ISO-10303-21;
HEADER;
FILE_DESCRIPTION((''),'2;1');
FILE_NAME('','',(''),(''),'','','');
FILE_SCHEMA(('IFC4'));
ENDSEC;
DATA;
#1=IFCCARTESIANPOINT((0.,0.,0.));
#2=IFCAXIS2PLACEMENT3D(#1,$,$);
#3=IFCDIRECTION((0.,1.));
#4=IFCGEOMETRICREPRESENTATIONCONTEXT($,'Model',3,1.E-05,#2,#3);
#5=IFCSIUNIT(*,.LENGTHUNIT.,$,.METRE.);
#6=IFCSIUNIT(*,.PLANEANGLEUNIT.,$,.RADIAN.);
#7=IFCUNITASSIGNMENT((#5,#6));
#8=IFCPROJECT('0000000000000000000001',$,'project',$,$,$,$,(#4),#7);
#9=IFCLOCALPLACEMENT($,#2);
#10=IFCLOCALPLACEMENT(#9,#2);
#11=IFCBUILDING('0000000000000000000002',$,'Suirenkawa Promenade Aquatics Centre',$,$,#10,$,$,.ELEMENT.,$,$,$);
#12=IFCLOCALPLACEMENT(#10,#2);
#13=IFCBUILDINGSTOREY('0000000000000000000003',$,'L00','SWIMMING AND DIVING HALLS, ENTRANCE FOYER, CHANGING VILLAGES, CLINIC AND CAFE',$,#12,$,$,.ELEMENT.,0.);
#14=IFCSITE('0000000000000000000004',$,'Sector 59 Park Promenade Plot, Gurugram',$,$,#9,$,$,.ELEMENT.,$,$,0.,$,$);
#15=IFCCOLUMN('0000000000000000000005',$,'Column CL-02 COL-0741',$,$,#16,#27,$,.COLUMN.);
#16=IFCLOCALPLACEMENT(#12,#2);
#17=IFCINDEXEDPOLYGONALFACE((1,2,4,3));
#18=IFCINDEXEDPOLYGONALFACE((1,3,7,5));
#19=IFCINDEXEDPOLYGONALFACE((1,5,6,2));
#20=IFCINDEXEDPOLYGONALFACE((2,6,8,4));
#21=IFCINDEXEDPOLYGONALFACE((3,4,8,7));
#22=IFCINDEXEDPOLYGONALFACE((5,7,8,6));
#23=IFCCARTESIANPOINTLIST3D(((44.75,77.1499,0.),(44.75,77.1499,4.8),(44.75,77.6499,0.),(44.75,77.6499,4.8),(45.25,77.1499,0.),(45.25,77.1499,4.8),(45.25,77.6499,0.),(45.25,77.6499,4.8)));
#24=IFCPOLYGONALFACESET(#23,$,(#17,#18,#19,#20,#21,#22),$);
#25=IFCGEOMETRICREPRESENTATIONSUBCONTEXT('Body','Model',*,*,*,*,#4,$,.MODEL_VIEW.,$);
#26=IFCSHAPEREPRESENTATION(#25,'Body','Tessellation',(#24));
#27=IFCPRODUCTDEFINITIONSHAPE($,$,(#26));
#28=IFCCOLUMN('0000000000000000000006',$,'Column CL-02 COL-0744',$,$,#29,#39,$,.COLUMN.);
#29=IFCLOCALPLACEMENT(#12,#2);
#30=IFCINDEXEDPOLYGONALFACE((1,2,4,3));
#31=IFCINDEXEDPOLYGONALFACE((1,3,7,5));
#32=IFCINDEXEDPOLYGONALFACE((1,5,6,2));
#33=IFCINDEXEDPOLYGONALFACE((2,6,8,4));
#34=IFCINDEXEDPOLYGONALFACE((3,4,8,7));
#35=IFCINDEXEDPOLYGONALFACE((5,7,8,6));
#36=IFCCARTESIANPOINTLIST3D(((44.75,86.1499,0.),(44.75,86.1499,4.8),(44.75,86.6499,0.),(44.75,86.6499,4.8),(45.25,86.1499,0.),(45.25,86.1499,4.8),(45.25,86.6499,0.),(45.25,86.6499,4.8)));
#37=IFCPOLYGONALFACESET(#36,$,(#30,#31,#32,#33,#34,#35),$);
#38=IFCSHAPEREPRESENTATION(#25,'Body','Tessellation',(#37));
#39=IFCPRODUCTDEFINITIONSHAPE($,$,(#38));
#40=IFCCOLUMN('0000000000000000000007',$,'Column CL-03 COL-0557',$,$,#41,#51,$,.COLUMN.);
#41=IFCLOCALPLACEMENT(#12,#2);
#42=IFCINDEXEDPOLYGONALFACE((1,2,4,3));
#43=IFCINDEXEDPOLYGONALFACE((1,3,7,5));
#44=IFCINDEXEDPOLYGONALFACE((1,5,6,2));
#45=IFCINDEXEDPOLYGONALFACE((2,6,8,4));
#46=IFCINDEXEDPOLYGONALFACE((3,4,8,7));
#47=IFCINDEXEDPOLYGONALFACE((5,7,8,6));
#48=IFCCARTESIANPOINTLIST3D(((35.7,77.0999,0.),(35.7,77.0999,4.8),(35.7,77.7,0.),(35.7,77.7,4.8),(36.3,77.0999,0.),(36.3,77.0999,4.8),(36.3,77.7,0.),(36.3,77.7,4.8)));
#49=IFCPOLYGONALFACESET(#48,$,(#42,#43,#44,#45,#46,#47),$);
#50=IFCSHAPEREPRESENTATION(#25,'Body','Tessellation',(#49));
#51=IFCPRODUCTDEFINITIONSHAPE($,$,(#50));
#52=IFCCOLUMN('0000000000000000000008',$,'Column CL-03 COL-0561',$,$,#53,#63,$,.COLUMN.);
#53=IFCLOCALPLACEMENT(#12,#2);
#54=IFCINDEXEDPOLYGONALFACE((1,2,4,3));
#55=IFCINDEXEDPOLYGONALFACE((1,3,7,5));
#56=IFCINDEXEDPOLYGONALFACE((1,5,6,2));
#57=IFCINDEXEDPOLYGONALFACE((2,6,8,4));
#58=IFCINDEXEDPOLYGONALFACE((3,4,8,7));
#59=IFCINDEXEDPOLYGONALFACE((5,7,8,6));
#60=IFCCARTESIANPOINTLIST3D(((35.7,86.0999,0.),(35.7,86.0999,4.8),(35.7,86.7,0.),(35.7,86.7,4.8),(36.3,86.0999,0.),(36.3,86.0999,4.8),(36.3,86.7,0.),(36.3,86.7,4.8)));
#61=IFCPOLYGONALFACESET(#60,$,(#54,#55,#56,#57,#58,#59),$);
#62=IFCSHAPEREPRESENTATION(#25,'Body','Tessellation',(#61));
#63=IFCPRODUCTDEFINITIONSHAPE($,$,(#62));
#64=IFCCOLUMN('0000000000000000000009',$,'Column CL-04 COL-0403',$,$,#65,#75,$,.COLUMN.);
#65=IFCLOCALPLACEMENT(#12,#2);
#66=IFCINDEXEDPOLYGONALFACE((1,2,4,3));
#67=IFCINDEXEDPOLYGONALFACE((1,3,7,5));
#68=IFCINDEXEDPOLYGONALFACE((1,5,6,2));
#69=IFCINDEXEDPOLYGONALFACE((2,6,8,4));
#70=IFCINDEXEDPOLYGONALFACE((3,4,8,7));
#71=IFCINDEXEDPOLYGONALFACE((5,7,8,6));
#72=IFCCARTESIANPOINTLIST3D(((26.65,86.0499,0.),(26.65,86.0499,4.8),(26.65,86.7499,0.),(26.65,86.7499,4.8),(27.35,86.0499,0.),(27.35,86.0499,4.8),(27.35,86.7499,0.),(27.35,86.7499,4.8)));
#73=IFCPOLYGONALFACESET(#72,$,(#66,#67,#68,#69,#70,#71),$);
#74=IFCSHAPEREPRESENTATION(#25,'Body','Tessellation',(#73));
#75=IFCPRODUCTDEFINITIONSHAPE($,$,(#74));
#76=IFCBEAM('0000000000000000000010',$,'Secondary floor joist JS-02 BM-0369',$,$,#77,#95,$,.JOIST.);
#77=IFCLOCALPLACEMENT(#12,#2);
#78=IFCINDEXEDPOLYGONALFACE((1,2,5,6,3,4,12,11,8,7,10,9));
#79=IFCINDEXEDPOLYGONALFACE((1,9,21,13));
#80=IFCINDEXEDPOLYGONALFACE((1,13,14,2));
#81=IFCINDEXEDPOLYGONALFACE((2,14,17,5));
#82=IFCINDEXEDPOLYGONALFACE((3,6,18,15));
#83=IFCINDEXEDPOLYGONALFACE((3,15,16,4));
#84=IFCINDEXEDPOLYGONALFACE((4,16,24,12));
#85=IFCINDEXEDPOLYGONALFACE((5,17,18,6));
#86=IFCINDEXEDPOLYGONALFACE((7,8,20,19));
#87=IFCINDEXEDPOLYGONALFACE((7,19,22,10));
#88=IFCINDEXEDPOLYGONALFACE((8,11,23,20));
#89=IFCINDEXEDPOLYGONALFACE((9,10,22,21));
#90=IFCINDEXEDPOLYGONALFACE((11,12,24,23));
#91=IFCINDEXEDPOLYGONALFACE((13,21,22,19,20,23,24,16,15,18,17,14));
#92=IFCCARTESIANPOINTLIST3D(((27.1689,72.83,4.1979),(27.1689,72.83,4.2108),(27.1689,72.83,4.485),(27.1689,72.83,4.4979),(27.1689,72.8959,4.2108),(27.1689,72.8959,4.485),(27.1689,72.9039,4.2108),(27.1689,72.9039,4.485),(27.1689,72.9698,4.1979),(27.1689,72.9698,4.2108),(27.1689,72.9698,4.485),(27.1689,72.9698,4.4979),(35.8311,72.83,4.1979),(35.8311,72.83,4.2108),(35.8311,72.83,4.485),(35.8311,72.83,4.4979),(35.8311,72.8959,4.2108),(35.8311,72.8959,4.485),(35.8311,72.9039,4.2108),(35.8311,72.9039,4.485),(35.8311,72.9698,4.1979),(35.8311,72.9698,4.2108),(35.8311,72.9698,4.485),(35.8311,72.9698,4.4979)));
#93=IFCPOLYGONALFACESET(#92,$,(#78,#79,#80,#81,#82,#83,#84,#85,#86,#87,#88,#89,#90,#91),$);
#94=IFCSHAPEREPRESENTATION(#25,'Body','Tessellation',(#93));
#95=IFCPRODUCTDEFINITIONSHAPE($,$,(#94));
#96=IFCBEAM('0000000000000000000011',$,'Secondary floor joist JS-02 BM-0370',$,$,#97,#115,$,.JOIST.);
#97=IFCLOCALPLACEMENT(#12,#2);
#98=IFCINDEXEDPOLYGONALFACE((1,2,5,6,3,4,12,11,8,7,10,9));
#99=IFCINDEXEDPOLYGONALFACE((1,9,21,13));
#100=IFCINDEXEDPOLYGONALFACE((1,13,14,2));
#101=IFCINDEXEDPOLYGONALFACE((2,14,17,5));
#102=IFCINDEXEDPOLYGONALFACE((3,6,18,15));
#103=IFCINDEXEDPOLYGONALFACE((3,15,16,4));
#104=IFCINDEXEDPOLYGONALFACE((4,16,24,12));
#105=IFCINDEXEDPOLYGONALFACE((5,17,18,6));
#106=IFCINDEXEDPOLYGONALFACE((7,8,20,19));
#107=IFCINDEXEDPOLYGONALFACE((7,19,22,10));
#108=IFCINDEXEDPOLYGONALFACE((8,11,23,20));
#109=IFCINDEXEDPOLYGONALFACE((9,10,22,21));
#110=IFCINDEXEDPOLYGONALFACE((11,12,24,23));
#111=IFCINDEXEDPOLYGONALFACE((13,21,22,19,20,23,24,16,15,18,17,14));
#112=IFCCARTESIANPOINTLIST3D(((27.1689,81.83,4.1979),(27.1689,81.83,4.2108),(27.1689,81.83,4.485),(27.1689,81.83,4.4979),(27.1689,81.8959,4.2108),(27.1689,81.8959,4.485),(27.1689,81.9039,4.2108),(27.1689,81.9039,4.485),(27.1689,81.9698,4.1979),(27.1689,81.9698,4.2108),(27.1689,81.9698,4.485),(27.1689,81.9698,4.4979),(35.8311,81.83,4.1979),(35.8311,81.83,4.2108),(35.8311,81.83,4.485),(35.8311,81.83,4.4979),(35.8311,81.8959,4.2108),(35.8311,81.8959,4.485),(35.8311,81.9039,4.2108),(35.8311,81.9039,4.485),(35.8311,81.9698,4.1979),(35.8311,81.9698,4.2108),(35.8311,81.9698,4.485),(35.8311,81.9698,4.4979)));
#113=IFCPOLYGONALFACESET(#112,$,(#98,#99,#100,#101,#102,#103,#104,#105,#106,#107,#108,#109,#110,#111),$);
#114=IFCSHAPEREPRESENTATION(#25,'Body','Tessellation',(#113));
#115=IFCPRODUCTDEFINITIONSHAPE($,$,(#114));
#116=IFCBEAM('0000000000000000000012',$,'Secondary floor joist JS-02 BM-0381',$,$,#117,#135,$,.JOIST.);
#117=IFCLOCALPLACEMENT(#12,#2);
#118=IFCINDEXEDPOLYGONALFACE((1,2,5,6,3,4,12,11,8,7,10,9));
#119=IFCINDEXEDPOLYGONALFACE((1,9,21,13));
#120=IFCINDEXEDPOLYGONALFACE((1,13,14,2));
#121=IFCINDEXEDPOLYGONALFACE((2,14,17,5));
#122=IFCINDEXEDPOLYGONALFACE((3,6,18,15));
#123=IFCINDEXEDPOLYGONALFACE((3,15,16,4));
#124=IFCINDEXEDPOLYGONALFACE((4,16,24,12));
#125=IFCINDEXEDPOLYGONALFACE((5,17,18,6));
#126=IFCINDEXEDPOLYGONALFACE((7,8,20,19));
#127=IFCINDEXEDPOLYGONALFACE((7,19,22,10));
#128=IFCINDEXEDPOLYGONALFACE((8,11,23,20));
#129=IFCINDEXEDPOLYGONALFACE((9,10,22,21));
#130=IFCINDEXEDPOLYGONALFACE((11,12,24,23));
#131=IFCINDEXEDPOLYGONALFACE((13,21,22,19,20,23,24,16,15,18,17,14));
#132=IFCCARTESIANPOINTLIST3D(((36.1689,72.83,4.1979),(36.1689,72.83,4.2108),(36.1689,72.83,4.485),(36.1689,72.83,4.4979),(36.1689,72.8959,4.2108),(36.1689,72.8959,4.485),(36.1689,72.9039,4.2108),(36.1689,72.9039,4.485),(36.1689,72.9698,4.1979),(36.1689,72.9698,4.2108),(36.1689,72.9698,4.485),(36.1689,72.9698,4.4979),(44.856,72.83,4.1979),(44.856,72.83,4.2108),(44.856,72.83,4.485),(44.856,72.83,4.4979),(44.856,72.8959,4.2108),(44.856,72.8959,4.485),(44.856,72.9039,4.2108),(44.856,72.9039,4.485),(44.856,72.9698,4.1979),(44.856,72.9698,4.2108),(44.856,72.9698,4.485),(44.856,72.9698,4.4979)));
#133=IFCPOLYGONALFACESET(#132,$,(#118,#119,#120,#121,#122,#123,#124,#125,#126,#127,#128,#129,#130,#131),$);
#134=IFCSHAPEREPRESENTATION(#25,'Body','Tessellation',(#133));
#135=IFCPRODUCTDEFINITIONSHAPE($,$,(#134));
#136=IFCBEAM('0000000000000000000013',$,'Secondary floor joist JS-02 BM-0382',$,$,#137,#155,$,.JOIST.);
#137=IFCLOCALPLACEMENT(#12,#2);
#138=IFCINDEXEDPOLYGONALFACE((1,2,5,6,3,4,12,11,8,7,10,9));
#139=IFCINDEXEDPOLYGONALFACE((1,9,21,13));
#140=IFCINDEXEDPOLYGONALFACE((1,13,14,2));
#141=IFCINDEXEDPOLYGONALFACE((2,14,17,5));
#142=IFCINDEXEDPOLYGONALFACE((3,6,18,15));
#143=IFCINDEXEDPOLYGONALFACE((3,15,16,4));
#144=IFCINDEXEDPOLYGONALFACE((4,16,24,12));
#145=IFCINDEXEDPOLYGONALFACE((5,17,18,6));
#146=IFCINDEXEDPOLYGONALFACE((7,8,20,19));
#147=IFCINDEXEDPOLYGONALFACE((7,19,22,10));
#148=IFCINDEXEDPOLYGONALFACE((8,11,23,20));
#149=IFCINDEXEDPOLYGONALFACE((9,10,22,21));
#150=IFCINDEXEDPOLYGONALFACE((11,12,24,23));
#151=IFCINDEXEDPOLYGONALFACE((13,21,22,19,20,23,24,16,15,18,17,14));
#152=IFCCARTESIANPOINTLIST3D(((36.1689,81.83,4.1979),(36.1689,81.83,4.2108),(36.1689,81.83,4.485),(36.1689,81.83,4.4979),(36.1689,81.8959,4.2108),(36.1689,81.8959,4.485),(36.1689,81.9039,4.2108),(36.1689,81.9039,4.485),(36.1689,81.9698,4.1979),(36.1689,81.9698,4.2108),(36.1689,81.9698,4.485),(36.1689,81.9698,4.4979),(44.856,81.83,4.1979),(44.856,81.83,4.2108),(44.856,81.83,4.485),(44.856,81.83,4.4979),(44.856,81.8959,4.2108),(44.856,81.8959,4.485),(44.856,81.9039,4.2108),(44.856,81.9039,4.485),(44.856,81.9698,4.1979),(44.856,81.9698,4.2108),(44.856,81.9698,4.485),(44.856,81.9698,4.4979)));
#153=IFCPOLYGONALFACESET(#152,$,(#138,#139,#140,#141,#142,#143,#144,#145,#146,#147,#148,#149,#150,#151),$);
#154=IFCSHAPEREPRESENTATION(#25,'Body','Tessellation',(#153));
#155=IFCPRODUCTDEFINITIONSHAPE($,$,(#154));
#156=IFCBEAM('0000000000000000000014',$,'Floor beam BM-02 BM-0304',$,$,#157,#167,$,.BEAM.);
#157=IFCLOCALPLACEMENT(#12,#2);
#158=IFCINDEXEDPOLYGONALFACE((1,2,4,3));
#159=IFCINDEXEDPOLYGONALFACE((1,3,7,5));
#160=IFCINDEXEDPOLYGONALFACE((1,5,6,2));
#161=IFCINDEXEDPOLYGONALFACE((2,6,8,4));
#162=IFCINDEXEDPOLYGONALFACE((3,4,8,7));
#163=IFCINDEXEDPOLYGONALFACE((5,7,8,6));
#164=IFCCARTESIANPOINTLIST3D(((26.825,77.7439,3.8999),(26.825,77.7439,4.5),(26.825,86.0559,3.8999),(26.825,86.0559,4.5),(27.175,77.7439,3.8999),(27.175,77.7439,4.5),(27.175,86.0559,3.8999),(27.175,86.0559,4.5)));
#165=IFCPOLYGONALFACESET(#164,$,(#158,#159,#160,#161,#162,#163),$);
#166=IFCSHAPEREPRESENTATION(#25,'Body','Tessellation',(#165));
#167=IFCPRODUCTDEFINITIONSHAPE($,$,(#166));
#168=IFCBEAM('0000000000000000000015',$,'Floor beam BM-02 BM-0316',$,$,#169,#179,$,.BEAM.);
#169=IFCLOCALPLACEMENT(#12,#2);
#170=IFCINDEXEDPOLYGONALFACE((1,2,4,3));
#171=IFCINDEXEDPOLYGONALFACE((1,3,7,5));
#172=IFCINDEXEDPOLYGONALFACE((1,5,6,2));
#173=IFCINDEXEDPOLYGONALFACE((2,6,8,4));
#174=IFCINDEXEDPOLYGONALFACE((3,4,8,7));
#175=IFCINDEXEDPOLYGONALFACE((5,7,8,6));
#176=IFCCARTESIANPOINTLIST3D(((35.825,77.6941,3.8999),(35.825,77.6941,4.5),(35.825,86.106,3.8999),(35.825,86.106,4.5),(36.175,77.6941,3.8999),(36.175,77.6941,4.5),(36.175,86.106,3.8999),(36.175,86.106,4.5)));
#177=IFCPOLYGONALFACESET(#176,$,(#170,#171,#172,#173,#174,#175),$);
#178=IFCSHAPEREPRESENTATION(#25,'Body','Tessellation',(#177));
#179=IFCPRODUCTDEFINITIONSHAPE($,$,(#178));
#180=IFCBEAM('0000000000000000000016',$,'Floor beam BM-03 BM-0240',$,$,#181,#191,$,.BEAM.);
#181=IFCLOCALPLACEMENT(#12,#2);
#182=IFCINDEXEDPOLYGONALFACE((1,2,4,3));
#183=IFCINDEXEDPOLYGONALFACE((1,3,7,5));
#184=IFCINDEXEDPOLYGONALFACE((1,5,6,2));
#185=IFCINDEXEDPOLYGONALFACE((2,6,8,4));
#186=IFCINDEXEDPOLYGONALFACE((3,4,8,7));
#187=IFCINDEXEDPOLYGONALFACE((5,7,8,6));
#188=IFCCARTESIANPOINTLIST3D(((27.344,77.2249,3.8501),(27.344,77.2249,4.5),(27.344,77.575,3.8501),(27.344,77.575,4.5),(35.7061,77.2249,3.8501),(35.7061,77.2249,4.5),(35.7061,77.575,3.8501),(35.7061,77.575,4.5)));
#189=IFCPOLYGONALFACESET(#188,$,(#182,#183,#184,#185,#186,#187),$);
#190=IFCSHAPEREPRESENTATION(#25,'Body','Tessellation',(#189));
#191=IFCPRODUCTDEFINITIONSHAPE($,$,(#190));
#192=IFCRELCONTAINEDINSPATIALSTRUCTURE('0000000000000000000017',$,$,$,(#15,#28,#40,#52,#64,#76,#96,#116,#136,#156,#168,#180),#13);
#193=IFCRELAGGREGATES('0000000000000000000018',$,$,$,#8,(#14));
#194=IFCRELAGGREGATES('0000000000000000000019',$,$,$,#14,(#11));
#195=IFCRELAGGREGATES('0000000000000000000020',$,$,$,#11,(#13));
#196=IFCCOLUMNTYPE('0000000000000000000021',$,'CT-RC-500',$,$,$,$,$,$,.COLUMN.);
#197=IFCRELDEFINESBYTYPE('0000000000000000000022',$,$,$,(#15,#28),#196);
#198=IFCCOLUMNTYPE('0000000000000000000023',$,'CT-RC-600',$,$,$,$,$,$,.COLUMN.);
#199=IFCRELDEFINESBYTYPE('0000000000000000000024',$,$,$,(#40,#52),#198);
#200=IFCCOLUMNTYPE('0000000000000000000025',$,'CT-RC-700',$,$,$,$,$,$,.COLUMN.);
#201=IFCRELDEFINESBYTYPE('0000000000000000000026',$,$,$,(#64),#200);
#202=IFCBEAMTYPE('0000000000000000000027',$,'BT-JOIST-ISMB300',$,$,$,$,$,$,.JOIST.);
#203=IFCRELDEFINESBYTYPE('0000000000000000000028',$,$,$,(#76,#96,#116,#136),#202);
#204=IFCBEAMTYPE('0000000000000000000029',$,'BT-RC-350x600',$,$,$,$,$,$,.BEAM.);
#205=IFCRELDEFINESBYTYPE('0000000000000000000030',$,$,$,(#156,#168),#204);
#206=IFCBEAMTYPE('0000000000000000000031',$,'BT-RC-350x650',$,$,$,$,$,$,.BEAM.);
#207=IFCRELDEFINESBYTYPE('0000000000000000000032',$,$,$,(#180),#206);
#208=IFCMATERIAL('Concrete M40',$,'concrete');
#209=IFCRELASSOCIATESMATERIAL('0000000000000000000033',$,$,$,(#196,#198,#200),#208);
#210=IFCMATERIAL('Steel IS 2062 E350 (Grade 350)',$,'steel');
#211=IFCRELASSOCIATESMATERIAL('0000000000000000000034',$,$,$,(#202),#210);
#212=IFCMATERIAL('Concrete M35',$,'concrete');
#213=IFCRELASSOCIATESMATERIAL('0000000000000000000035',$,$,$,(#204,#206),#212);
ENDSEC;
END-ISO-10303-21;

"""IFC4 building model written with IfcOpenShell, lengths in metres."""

from ifc_helpers import new_model, si_unit, direction, frame, origin, origin_2d, place, context, subcontext, project, spatial, rectangle, i_section, extrude, material, material_profile, profile_set, type_object, element, save


model = new_model("IFC4")

# Units and contexts
model_context = context("Model", 3, precision=1e-05, world=origin(), true_north=direction((0.0, 1.0)))
body_context = subcontext(model_context, "Body", "Model", "MODEL_VIEW")
ifc_project = project(units=[si_unit("LENGTHUNIT", "METRE"), si_unit("PLANEANGLEUNIT", "RADIAN")], contexts=[model_context])

# Site, building, storey
site_placement = place(None, origin())
site = spatial("IfcSite", under=ifc_project, at=site_placement, Name="Sector 59 Park Promenade Plot, Gurugram", CompositionType="ELEMENT", RefElevation=0.0)
building_placement = place(site_placement, origin())
building = spatial("IfcBuilding", under=site, at=building_placement, Name="Suirenkawa Promenade Aquatics Centre", CompositionType="ELEMENT")
storey_placement = place(building_placement, origin())
storey = spatial("IfcBuildingStorey", under=building, at=storey_placement, Name="L00", Description="SWIMMING AND DIVING HALLS, ENTRANCE FOYER, CHANGING VILLAGES, CLINIC AND CAFE", CompositionType="ELEMENT", Elevation=0.0)

# Columns
ifc_material_1 = material(Name="Concrete M40", Category="concrete")
ifc_material_profile_1 = material_profile(ifc_material_1, rectangle(XDim=0.5, YDim=0.5, at=origin_2d()), Name="RC COL 500x500", Category="concrete")
ifc_profile_set_1 = profile_set([ifc_material_profile_1], Name="Concrete M40")
column_type_1 = type_object("IfcColumnType", Name="CT-RC-500", PredefinedType="COLUMN", material=ifc_profile_set_1)
for number, where, z_axis, x_axis, name in (
    (1, (45.0, 77.3999, 0.0), (0.0, 0.0, 1.0), (1.0, 0.0, 0.0), "Column CL-02 COL-0741"),
    (2, (45.0, 86.3999, 0.0), (0.0, 0.0, 1.0), (1.0, 0.0, 0.0), "Column CL-02 COL-0744"),
):
    element("IfcColumn", number, at=place(storey_placement, frame(where, z_axis=z_axis, x_axis=x_axis)), inside=storey, type_object=column_type_1, Name=name, PredefinedType="COLUMN", context=body_context, shape_type="SweptSolid", body=[
        extrude(rectangle(XDim=0.5, YDim=0.5, at=origin_2d()), origin(), (0.0, 0.0, 1.0), 4.8),
    ])
ifc_material_profile_2 = material_profile(ifc_material_1, rectangle(XDim=0.6001, YDim=0.6001, at=origin_2d()), Name="RC COL 600x600", Category="concrete")
ifc_profile_set_2 = profile_set([ifc_material_profile_2], Name="Concrete M40")
column_type_2 = type_object("IfcColumnType", Name="CT-RC-600", PredefinedType="COLUMN", material=ifc_profile_set_2)
for number, where, z_axis, x_axis, name in (
    (3, (36.0, 77.3999, 0.0), (0.0, 0.0, 1.0), (1.0, 0.0, 0.0), "Column CL-03 COL-0557"),
    (4, (36.0, 86.3999, 0.0), (0.0, 0.0, 1.0), (1.0, 0.0, 0.0), "Column CL-03 COL-0561"),
):
    element("IfcColumn", number, at=place(storey_placement, frame(where, z_axis=z_axis, x_axis=x_axis)), inside=storey, type_object=column_type_2, Name=name, PredefinedType="COLUMN", context=body_context, shape_type="SweptSolid", body=[
        extrude(rectangle(XDim=0.6001, YDim=0.6001, at=origin_2d()), origin(), (0.0, 0.0, 1.0), 4.8),
    ])
ifc_material_profile_3 = material_profile(ifc_material_1, rectangle(XDim=0.7, YDim=0.7, at=origin_2d()), Name="RC COL 700x700", Category="concrete")
ifc_profile_set_3 = profile_set([ifc_material_profile_3], Name="Concrete M40")
column_type_3 = type_object("IfcColumnType", Name="CT-RC-700", PredefinedType="COLUMN", material=ifc_profile_set_3)
column_placement = place(storey_placement, frame((27.0, 86.3999, 0.0), z_axis=(0.0, 0.0, 1.0), x_axis=(1.0, 0.0, 0.0)))
element("IfcColumn", 5, at=column_placement, inside=storey, type_object=column_type_3, Name="Column CL-04 COL-0403", PredefinedType="COLUMN", context=body_context, shape_type="SweptSolid", body=[
    extrude(rectangle(XDim=0.7, YDim=0.7, at=origin_2d()), origin(), (0.0, 0.0, 1.0), 4.8),
])

# Beams
ifc_material_2 = material(Name="Steel IS 2062 E350 (Grade 350)", Category="steel")
ifc_material_profile_4 = material_profile(ifc_material_2, i_section(OverallWidth=0.1399, OverallDepth=0.3, WebThickness=0.0081, FlangeThickness=0.0129, at=origin_2d()), Name="ISMB 300", Category="steel")
ifc_profile_set_4 = profile_set([ifc_material_profile_4], Name="Steel IS 2062 E350 (Grade 350)")
beam_type_1 = type_object("IfcBeamType", Name="BT-JOIST-ISMB300", PredefinedType="JOIST", material=ifc_profile_set_4)
for number, where, z_axis, x_axis, name in (
    (6, (27.1689, 72.8999, 4.3479), (1.0, 0.0, 0.0), (0.0, 1.0, 0.0), "Secondary floor joist JS-02 BM-0369"),
    (7, (27.1689, 81.8999, 4.3479), (1.0, 0.0, 0.0), (0.0, 1.0, 0.0), "Secondary floor joist JS-02 BM-0370"),
):
    element("IfcBeam", number, at=place(storey_placement, frame(where, z_axis=z_axis, x_axis=x_axis)), inside=storey, type_object=beam_type_1, Name=name, PredefinedType="JOIST", context=body_context, shape_type="SweptSolid", body=[
        extrude(i_section(OverallWidth=0.1399, OverallDepth=0.3, WebThickness=0.0081, FlangeThickness=0.0129, at=origin_2d()), origin(), (0.0, 0.0, 1.0), 8.6621),
    ])
for number, where, z_axis, x_axis, name in (
    (8, (36.1689, 72.8999, 4.3479), (1.0, 0.0, 0.0), (0.0, 1.0, 0.0), "Secondary floor joist JS-02 BM-0381"),
    (9, (36.1689, 81.8999, 4.3479), (1.0, 0.0, 0.0), (0.0, 1.0, 0.0), "Secondary floor joist JS-02 BM-0382"),
):
    element("IfcBeam", number, at=place(storey_placement, frame(where, z_axis=z_axis, x_axis=x_axis)), inside=storey, type_object=beam_type_1, Name=name, PredefinedType="JOIST", context=body_context, shape_type="SweptSolid", body=[
        extrude(i_section(OverallWidth=0.1399, OverallDepth=0.3, WebThickness=0.0081, FlangeThickness=0.0129, at=origin_2d()), origin(), (0.0, 0.0, 1.0), 8.687),
    ])
ifc_material_3 = material(Name="Concrete M35", Category="concrete")
ifc_material_profile_5 = material_profile(ifc_material_3, rectangle(XDim=0.3501, YDim=0.6001, at=origin_2d()), Name="RC BM 350x600", Category="concrete")
ifc_profile_set_5 = profile_set([ifc_material_profile_5], Name="Concrete M35")
beam_type_2 = type_object("IfcBeamType", Name="BT-RC-350x600", PredefinedType="BEAM", material=ifc_profile_set_5)
beam_1_placement = place(storey_placement, frame((27.0, 77.7439, 4.2), z_axis=(0.0, 1.0, 0.0), x_axis=(-1.0, 0.0, 0.0)))
element("IfcBeam", 10, at=beam_1_placement, inside=storey, type_object=beam_type_2, Name="Floor beam BM-02 BM-0304", PredefinedType="BEAM", context=body_context, shape_type="SweptSolid", body=[
    extrude(rectangle(XDim=0.3501, YDim=0.6001, at=origin_2d()), origin(), (0.0, 0.0, 1.0), 8.312),
])
beam_2_placement = place(storey_placement, frame((36.0, 77.6941, 4.2), z_axis=(0.0, 1.0, 0.0), x_axis=(-1.0, 0.0, 0.0)))
element("IfcBeam", 11, at=beam_2_placement, inside=storey, type_object=beam_type_2, Name="Floor beam BM-02 BM-0316", PredefinedType="BEAM", context=body_context, shape_type="SweptSolid", body=[
    extrude(rectangle(XDim=0.3501, YDim=0.6001, at=origin_2d()), origin(), (0.0, 0.0, 1.0), 8.4119),
])
ifc_material_profile_6 = material_profile(ifc_material_3, rectangle(XDim=0.3501, YDim=0.6499, at=origin_2d()), Name="RC BM 350x650", Category="concrete")
ifc_profile_set_6 = profile_set([ifc_material_profile_6], Name="Concrete M35")
beam_type_3 = type_object("IfcBeamType", Name="BT-RC-350x650", PredefinedType="BEAM", material=ifc_profile_set_6)
beam_3_placement = place(storey_placement, frame((27.344, 77.3999, 4.175), z_axis=(1.0, 0.0, 0.0), x_axis=(0.0, 1.0, 0.0)))
element("IfcBeam", 12, at=beam_3_placement, inside=storey, type_object=beam_type_3, Name="Floor beam BM-03 BM-0240", PredefinedType="BEAM", context=body_context, shape_type="SweptSolid", body=[
    extrude(rectangle(XDim=0.3501, YDim=0.6499, at=origin_2d()), origin(), (0.0, 0.0, 1.0), 8.3621),
])

save(model, "model.ifc")
